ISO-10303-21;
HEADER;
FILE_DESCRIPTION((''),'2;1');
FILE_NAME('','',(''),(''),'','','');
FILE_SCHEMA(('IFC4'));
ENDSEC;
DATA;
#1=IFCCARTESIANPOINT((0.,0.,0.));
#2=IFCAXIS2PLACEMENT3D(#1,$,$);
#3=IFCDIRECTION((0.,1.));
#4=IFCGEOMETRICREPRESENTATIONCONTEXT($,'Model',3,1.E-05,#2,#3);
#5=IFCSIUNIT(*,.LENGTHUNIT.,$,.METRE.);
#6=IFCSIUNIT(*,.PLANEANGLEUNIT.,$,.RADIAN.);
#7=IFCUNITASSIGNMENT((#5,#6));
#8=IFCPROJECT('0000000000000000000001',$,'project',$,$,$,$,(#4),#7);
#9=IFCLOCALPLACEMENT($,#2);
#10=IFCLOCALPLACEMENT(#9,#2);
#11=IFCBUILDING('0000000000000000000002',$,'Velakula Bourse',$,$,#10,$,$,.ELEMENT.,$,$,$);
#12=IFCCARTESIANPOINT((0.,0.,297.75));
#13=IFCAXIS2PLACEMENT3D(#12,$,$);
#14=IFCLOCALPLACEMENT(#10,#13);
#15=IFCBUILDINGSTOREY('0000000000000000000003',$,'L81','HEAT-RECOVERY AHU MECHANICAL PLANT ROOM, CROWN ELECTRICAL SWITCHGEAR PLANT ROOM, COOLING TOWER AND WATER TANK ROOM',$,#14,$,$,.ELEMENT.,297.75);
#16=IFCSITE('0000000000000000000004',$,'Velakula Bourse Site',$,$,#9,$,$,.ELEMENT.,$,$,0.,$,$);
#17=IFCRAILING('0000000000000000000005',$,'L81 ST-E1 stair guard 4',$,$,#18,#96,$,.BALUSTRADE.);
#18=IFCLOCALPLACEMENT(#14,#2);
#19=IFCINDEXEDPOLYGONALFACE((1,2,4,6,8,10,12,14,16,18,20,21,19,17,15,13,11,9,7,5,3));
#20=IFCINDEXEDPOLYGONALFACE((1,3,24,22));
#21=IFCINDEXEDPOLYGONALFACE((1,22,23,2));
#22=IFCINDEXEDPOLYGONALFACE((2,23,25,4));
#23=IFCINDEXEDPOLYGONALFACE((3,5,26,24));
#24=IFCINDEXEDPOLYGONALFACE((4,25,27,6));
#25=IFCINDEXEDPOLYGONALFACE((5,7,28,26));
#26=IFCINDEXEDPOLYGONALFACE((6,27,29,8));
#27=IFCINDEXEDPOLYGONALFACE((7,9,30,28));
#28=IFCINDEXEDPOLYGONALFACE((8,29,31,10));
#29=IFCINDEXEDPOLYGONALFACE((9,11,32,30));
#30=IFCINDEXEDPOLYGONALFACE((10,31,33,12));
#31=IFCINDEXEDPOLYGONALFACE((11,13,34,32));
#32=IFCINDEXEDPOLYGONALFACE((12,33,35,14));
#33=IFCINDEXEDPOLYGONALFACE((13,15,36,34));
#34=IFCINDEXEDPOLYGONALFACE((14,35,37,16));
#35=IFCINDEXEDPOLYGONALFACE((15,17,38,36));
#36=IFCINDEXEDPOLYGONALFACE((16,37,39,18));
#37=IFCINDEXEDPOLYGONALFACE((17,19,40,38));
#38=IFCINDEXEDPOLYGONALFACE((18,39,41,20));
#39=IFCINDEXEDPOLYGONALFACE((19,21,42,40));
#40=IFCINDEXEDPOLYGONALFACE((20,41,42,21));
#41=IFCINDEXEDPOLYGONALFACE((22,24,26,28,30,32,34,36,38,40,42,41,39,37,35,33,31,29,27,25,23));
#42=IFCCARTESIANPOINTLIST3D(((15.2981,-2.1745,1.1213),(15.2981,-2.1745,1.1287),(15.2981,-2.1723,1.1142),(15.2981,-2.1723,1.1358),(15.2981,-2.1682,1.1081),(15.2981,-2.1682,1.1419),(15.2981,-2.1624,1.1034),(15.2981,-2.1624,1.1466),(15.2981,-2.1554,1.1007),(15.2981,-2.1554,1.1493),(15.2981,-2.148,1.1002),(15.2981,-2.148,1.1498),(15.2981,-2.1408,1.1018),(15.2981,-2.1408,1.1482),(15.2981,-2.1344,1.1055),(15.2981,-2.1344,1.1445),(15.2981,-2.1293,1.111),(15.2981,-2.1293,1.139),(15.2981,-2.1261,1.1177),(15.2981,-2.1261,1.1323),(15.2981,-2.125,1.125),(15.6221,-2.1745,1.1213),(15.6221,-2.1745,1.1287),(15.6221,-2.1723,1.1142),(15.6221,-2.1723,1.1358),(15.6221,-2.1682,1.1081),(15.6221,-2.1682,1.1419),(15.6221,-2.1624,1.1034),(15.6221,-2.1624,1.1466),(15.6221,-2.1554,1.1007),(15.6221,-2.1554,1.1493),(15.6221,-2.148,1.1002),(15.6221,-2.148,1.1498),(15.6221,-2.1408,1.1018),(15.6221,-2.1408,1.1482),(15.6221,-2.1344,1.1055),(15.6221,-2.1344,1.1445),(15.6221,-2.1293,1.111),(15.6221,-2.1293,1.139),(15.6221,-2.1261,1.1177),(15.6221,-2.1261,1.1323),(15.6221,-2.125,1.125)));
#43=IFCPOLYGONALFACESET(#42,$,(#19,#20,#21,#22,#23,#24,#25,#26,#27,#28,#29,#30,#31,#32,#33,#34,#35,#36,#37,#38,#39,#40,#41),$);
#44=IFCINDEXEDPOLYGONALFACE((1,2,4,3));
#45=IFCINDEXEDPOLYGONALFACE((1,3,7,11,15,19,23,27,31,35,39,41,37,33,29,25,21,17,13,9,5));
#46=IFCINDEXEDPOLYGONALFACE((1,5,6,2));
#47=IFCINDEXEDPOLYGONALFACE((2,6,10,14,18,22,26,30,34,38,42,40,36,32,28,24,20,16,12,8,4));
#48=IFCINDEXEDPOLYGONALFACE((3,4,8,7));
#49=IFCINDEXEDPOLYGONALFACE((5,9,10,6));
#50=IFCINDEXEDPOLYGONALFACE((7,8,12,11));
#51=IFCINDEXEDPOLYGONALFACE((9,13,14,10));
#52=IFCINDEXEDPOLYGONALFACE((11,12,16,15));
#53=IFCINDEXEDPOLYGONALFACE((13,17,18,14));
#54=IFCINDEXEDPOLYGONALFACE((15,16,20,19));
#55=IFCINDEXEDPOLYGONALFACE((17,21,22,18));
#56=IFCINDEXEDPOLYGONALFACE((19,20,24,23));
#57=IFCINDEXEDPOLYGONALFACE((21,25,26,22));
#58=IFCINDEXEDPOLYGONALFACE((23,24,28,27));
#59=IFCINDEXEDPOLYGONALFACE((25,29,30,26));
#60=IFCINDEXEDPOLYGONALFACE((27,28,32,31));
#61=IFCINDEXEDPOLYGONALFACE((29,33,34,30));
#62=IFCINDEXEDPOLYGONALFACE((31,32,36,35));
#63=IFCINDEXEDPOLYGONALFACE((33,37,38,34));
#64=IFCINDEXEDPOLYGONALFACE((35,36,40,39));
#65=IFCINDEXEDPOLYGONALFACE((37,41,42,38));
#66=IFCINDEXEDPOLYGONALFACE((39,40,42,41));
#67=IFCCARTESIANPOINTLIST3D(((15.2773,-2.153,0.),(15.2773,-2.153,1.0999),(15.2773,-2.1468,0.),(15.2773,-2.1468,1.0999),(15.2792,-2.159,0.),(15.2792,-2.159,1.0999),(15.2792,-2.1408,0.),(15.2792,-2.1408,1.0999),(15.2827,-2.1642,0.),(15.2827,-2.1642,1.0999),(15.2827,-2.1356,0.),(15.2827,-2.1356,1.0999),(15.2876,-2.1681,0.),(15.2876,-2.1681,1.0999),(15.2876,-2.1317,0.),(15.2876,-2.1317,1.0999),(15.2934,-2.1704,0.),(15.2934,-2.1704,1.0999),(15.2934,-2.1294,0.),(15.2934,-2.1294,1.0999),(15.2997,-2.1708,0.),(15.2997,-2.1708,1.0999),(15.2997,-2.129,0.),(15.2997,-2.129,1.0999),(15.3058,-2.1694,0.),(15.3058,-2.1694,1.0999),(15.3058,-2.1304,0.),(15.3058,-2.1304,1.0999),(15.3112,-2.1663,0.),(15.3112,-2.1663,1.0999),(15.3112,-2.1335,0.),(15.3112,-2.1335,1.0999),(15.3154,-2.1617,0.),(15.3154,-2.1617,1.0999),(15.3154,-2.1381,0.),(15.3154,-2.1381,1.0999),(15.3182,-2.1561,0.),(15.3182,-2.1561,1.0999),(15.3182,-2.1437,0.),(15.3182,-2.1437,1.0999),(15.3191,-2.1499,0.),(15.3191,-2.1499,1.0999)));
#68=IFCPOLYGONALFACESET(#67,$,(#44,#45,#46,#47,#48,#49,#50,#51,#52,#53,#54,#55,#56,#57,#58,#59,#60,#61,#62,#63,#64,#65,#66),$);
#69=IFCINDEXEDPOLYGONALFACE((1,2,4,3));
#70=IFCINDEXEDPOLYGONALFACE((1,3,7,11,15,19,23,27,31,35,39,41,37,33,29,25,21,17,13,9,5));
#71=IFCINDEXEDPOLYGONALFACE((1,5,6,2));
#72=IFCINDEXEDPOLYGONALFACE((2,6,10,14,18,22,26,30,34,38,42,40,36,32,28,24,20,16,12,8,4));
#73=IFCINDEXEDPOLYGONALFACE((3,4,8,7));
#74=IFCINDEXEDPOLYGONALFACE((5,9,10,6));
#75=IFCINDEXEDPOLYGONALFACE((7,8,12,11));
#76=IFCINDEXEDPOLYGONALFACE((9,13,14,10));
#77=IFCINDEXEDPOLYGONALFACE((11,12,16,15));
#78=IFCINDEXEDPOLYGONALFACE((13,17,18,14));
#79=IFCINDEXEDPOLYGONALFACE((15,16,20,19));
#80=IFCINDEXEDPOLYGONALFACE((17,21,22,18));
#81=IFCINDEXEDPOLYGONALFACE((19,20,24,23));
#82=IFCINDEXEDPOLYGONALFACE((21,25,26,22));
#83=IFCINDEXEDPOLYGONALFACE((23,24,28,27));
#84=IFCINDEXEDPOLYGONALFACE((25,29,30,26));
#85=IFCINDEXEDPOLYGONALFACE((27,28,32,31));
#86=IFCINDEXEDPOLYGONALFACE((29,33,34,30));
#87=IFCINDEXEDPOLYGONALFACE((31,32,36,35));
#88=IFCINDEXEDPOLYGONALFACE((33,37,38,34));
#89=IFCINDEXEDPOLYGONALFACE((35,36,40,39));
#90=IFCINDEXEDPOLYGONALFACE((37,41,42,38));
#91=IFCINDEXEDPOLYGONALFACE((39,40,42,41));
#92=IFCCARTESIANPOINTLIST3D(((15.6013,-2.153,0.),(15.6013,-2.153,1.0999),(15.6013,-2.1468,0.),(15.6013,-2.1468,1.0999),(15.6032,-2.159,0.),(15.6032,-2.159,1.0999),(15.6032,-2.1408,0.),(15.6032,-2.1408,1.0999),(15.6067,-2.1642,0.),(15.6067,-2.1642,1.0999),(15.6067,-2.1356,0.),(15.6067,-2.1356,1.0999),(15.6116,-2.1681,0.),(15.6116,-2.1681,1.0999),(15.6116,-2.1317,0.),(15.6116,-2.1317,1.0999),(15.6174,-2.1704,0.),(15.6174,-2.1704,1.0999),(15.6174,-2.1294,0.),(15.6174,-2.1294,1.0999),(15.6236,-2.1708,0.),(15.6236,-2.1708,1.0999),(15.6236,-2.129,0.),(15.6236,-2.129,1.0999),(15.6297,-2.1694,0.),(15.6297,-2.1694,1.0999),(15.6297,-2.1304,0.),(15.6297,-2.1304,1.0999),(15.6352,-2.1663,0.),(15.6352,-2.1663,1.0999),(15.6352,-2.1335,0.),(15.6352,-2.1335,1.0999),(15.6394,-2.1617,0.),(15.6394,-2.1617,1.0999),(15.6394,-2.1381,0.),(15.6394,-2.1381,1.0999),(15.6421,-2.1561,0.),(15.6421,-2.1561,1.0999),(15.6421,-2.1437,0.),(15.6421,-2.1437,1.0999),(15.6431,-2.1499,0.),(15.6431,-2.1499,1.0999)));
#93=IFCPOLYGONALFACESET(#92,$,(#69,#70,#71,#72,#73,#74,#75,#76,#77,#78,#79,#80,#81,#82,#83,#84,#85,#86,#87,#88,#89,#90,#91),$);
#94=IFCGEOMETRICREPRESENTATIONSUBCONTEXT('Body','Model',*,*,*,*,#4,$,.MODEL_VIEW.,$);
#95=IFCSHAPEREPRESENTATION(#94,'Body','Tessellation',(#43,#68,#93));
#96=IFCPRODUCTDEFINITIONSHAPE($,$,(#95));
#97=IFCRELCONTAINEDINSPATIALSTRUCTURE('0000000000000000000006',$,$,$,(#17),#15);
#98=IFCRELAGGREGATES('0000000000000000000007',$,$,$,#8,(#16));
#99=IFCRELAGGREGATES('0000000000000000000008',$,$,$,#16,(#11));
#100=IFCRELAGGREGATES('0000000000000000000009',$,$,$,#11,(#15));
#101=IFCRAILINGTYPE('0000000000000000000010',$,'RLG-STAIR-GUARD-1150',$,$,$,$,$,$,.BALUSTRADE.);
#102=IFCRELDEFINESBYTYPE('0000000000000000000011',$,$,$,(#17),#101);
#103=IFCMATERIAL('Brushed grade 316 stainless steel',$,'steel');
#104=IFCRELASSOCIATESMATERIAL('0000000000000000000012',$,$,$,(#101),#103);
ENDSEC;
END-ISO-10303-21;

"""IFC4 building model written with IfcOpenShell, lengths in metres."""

from ifc_helpers import new_model, si_unit, direction, frame, origin, origin_2d, place, context, subcontext, project, spatial, circle, extrude, material, type_object, element, save


model = new_model("IFC4")

# Units and contexts
model_context = context("Model", 3, precision=1e-05, world=origin(), true_north=direction((0.0, 1.0)))
body_context = subcontext(model_context, "Body", "Model", "MODEL_VIEW")
ifc_project = project(units=[si_unit("LENGTHUNIT", "METRE"), si_unit("PLANEANGLEUNIT", "RADIAN")], contexts=[model_context])

# Site, building, storey
site_placement = place(None, origin())
site = spatial("IfcSite", under=ifc_project, at=site_placement, Name="Velakula Bourse Site", CompositionType="ELEMENT", RefElevation=0.0)
building_placement = place(site_placement, origin())
building = spatial("IfcBuilding", under=site, at=building_placement, Name="Velakula Bourse", CompositionType="ELEMENT")
storey_placement = place(building_placement, frame((0.0, 0.0, 297.75)))
storey = spatial("IfcBuildingStorey", under=building, at=storey_placement, Name="L81", Description="HEAT-RECOVERY AHU MECHANICAL PLANT ROOM, CROWN ELECTRICAL SWITCHGEAR PLANT ROOM, COOLING TOWER AND WATER TANK ROOM", CompositionType="ELEMENT", Elevation=297.75)

# Shared definitions
ifc_material_1 = material(Name="Brushed grade 316 stainless steel", Category="steel")

# Railing
railing_type_1 = type_object("IfcRailingType", Name="RLG-STAIR-GUARD-1150", PredefinedType="BALUSTRADE", material=ifc_material_1)
railing_1_placement = place(storey_placement, frame((15.2981, -2.1499, 0.0)))
element("IfcRailing", 1, at=railing_1_placement, inside=storey, type_object=railing_type_1, Name="L81 ST-E1 stair guard 4", PredefinedType="BALUSTRADE", context=body_context, shape_type="SweptSolid", body=[
    extrude(circle(Radius=0.0249, at=origin_2d()), frame((0.0, 0.0, 1.125), z_axis=(1.0, 0.0, 0.0), x_axis=(0.0, 1.0, 0.0)), (0.0, 0.0, 1.0), 0.324),
    extrude(circle(Radius=0.021, at=origin_2d()), origin(), (0.0, 0.0, 1.0), 1.0999),
    extrude(circle(Radius=0.021, at=origin_2d()), frame((0.324, 0.0, 0.0)), (0.0, 0.0, 1.0), 1.0999),
])

save(model, "model.ifc")
